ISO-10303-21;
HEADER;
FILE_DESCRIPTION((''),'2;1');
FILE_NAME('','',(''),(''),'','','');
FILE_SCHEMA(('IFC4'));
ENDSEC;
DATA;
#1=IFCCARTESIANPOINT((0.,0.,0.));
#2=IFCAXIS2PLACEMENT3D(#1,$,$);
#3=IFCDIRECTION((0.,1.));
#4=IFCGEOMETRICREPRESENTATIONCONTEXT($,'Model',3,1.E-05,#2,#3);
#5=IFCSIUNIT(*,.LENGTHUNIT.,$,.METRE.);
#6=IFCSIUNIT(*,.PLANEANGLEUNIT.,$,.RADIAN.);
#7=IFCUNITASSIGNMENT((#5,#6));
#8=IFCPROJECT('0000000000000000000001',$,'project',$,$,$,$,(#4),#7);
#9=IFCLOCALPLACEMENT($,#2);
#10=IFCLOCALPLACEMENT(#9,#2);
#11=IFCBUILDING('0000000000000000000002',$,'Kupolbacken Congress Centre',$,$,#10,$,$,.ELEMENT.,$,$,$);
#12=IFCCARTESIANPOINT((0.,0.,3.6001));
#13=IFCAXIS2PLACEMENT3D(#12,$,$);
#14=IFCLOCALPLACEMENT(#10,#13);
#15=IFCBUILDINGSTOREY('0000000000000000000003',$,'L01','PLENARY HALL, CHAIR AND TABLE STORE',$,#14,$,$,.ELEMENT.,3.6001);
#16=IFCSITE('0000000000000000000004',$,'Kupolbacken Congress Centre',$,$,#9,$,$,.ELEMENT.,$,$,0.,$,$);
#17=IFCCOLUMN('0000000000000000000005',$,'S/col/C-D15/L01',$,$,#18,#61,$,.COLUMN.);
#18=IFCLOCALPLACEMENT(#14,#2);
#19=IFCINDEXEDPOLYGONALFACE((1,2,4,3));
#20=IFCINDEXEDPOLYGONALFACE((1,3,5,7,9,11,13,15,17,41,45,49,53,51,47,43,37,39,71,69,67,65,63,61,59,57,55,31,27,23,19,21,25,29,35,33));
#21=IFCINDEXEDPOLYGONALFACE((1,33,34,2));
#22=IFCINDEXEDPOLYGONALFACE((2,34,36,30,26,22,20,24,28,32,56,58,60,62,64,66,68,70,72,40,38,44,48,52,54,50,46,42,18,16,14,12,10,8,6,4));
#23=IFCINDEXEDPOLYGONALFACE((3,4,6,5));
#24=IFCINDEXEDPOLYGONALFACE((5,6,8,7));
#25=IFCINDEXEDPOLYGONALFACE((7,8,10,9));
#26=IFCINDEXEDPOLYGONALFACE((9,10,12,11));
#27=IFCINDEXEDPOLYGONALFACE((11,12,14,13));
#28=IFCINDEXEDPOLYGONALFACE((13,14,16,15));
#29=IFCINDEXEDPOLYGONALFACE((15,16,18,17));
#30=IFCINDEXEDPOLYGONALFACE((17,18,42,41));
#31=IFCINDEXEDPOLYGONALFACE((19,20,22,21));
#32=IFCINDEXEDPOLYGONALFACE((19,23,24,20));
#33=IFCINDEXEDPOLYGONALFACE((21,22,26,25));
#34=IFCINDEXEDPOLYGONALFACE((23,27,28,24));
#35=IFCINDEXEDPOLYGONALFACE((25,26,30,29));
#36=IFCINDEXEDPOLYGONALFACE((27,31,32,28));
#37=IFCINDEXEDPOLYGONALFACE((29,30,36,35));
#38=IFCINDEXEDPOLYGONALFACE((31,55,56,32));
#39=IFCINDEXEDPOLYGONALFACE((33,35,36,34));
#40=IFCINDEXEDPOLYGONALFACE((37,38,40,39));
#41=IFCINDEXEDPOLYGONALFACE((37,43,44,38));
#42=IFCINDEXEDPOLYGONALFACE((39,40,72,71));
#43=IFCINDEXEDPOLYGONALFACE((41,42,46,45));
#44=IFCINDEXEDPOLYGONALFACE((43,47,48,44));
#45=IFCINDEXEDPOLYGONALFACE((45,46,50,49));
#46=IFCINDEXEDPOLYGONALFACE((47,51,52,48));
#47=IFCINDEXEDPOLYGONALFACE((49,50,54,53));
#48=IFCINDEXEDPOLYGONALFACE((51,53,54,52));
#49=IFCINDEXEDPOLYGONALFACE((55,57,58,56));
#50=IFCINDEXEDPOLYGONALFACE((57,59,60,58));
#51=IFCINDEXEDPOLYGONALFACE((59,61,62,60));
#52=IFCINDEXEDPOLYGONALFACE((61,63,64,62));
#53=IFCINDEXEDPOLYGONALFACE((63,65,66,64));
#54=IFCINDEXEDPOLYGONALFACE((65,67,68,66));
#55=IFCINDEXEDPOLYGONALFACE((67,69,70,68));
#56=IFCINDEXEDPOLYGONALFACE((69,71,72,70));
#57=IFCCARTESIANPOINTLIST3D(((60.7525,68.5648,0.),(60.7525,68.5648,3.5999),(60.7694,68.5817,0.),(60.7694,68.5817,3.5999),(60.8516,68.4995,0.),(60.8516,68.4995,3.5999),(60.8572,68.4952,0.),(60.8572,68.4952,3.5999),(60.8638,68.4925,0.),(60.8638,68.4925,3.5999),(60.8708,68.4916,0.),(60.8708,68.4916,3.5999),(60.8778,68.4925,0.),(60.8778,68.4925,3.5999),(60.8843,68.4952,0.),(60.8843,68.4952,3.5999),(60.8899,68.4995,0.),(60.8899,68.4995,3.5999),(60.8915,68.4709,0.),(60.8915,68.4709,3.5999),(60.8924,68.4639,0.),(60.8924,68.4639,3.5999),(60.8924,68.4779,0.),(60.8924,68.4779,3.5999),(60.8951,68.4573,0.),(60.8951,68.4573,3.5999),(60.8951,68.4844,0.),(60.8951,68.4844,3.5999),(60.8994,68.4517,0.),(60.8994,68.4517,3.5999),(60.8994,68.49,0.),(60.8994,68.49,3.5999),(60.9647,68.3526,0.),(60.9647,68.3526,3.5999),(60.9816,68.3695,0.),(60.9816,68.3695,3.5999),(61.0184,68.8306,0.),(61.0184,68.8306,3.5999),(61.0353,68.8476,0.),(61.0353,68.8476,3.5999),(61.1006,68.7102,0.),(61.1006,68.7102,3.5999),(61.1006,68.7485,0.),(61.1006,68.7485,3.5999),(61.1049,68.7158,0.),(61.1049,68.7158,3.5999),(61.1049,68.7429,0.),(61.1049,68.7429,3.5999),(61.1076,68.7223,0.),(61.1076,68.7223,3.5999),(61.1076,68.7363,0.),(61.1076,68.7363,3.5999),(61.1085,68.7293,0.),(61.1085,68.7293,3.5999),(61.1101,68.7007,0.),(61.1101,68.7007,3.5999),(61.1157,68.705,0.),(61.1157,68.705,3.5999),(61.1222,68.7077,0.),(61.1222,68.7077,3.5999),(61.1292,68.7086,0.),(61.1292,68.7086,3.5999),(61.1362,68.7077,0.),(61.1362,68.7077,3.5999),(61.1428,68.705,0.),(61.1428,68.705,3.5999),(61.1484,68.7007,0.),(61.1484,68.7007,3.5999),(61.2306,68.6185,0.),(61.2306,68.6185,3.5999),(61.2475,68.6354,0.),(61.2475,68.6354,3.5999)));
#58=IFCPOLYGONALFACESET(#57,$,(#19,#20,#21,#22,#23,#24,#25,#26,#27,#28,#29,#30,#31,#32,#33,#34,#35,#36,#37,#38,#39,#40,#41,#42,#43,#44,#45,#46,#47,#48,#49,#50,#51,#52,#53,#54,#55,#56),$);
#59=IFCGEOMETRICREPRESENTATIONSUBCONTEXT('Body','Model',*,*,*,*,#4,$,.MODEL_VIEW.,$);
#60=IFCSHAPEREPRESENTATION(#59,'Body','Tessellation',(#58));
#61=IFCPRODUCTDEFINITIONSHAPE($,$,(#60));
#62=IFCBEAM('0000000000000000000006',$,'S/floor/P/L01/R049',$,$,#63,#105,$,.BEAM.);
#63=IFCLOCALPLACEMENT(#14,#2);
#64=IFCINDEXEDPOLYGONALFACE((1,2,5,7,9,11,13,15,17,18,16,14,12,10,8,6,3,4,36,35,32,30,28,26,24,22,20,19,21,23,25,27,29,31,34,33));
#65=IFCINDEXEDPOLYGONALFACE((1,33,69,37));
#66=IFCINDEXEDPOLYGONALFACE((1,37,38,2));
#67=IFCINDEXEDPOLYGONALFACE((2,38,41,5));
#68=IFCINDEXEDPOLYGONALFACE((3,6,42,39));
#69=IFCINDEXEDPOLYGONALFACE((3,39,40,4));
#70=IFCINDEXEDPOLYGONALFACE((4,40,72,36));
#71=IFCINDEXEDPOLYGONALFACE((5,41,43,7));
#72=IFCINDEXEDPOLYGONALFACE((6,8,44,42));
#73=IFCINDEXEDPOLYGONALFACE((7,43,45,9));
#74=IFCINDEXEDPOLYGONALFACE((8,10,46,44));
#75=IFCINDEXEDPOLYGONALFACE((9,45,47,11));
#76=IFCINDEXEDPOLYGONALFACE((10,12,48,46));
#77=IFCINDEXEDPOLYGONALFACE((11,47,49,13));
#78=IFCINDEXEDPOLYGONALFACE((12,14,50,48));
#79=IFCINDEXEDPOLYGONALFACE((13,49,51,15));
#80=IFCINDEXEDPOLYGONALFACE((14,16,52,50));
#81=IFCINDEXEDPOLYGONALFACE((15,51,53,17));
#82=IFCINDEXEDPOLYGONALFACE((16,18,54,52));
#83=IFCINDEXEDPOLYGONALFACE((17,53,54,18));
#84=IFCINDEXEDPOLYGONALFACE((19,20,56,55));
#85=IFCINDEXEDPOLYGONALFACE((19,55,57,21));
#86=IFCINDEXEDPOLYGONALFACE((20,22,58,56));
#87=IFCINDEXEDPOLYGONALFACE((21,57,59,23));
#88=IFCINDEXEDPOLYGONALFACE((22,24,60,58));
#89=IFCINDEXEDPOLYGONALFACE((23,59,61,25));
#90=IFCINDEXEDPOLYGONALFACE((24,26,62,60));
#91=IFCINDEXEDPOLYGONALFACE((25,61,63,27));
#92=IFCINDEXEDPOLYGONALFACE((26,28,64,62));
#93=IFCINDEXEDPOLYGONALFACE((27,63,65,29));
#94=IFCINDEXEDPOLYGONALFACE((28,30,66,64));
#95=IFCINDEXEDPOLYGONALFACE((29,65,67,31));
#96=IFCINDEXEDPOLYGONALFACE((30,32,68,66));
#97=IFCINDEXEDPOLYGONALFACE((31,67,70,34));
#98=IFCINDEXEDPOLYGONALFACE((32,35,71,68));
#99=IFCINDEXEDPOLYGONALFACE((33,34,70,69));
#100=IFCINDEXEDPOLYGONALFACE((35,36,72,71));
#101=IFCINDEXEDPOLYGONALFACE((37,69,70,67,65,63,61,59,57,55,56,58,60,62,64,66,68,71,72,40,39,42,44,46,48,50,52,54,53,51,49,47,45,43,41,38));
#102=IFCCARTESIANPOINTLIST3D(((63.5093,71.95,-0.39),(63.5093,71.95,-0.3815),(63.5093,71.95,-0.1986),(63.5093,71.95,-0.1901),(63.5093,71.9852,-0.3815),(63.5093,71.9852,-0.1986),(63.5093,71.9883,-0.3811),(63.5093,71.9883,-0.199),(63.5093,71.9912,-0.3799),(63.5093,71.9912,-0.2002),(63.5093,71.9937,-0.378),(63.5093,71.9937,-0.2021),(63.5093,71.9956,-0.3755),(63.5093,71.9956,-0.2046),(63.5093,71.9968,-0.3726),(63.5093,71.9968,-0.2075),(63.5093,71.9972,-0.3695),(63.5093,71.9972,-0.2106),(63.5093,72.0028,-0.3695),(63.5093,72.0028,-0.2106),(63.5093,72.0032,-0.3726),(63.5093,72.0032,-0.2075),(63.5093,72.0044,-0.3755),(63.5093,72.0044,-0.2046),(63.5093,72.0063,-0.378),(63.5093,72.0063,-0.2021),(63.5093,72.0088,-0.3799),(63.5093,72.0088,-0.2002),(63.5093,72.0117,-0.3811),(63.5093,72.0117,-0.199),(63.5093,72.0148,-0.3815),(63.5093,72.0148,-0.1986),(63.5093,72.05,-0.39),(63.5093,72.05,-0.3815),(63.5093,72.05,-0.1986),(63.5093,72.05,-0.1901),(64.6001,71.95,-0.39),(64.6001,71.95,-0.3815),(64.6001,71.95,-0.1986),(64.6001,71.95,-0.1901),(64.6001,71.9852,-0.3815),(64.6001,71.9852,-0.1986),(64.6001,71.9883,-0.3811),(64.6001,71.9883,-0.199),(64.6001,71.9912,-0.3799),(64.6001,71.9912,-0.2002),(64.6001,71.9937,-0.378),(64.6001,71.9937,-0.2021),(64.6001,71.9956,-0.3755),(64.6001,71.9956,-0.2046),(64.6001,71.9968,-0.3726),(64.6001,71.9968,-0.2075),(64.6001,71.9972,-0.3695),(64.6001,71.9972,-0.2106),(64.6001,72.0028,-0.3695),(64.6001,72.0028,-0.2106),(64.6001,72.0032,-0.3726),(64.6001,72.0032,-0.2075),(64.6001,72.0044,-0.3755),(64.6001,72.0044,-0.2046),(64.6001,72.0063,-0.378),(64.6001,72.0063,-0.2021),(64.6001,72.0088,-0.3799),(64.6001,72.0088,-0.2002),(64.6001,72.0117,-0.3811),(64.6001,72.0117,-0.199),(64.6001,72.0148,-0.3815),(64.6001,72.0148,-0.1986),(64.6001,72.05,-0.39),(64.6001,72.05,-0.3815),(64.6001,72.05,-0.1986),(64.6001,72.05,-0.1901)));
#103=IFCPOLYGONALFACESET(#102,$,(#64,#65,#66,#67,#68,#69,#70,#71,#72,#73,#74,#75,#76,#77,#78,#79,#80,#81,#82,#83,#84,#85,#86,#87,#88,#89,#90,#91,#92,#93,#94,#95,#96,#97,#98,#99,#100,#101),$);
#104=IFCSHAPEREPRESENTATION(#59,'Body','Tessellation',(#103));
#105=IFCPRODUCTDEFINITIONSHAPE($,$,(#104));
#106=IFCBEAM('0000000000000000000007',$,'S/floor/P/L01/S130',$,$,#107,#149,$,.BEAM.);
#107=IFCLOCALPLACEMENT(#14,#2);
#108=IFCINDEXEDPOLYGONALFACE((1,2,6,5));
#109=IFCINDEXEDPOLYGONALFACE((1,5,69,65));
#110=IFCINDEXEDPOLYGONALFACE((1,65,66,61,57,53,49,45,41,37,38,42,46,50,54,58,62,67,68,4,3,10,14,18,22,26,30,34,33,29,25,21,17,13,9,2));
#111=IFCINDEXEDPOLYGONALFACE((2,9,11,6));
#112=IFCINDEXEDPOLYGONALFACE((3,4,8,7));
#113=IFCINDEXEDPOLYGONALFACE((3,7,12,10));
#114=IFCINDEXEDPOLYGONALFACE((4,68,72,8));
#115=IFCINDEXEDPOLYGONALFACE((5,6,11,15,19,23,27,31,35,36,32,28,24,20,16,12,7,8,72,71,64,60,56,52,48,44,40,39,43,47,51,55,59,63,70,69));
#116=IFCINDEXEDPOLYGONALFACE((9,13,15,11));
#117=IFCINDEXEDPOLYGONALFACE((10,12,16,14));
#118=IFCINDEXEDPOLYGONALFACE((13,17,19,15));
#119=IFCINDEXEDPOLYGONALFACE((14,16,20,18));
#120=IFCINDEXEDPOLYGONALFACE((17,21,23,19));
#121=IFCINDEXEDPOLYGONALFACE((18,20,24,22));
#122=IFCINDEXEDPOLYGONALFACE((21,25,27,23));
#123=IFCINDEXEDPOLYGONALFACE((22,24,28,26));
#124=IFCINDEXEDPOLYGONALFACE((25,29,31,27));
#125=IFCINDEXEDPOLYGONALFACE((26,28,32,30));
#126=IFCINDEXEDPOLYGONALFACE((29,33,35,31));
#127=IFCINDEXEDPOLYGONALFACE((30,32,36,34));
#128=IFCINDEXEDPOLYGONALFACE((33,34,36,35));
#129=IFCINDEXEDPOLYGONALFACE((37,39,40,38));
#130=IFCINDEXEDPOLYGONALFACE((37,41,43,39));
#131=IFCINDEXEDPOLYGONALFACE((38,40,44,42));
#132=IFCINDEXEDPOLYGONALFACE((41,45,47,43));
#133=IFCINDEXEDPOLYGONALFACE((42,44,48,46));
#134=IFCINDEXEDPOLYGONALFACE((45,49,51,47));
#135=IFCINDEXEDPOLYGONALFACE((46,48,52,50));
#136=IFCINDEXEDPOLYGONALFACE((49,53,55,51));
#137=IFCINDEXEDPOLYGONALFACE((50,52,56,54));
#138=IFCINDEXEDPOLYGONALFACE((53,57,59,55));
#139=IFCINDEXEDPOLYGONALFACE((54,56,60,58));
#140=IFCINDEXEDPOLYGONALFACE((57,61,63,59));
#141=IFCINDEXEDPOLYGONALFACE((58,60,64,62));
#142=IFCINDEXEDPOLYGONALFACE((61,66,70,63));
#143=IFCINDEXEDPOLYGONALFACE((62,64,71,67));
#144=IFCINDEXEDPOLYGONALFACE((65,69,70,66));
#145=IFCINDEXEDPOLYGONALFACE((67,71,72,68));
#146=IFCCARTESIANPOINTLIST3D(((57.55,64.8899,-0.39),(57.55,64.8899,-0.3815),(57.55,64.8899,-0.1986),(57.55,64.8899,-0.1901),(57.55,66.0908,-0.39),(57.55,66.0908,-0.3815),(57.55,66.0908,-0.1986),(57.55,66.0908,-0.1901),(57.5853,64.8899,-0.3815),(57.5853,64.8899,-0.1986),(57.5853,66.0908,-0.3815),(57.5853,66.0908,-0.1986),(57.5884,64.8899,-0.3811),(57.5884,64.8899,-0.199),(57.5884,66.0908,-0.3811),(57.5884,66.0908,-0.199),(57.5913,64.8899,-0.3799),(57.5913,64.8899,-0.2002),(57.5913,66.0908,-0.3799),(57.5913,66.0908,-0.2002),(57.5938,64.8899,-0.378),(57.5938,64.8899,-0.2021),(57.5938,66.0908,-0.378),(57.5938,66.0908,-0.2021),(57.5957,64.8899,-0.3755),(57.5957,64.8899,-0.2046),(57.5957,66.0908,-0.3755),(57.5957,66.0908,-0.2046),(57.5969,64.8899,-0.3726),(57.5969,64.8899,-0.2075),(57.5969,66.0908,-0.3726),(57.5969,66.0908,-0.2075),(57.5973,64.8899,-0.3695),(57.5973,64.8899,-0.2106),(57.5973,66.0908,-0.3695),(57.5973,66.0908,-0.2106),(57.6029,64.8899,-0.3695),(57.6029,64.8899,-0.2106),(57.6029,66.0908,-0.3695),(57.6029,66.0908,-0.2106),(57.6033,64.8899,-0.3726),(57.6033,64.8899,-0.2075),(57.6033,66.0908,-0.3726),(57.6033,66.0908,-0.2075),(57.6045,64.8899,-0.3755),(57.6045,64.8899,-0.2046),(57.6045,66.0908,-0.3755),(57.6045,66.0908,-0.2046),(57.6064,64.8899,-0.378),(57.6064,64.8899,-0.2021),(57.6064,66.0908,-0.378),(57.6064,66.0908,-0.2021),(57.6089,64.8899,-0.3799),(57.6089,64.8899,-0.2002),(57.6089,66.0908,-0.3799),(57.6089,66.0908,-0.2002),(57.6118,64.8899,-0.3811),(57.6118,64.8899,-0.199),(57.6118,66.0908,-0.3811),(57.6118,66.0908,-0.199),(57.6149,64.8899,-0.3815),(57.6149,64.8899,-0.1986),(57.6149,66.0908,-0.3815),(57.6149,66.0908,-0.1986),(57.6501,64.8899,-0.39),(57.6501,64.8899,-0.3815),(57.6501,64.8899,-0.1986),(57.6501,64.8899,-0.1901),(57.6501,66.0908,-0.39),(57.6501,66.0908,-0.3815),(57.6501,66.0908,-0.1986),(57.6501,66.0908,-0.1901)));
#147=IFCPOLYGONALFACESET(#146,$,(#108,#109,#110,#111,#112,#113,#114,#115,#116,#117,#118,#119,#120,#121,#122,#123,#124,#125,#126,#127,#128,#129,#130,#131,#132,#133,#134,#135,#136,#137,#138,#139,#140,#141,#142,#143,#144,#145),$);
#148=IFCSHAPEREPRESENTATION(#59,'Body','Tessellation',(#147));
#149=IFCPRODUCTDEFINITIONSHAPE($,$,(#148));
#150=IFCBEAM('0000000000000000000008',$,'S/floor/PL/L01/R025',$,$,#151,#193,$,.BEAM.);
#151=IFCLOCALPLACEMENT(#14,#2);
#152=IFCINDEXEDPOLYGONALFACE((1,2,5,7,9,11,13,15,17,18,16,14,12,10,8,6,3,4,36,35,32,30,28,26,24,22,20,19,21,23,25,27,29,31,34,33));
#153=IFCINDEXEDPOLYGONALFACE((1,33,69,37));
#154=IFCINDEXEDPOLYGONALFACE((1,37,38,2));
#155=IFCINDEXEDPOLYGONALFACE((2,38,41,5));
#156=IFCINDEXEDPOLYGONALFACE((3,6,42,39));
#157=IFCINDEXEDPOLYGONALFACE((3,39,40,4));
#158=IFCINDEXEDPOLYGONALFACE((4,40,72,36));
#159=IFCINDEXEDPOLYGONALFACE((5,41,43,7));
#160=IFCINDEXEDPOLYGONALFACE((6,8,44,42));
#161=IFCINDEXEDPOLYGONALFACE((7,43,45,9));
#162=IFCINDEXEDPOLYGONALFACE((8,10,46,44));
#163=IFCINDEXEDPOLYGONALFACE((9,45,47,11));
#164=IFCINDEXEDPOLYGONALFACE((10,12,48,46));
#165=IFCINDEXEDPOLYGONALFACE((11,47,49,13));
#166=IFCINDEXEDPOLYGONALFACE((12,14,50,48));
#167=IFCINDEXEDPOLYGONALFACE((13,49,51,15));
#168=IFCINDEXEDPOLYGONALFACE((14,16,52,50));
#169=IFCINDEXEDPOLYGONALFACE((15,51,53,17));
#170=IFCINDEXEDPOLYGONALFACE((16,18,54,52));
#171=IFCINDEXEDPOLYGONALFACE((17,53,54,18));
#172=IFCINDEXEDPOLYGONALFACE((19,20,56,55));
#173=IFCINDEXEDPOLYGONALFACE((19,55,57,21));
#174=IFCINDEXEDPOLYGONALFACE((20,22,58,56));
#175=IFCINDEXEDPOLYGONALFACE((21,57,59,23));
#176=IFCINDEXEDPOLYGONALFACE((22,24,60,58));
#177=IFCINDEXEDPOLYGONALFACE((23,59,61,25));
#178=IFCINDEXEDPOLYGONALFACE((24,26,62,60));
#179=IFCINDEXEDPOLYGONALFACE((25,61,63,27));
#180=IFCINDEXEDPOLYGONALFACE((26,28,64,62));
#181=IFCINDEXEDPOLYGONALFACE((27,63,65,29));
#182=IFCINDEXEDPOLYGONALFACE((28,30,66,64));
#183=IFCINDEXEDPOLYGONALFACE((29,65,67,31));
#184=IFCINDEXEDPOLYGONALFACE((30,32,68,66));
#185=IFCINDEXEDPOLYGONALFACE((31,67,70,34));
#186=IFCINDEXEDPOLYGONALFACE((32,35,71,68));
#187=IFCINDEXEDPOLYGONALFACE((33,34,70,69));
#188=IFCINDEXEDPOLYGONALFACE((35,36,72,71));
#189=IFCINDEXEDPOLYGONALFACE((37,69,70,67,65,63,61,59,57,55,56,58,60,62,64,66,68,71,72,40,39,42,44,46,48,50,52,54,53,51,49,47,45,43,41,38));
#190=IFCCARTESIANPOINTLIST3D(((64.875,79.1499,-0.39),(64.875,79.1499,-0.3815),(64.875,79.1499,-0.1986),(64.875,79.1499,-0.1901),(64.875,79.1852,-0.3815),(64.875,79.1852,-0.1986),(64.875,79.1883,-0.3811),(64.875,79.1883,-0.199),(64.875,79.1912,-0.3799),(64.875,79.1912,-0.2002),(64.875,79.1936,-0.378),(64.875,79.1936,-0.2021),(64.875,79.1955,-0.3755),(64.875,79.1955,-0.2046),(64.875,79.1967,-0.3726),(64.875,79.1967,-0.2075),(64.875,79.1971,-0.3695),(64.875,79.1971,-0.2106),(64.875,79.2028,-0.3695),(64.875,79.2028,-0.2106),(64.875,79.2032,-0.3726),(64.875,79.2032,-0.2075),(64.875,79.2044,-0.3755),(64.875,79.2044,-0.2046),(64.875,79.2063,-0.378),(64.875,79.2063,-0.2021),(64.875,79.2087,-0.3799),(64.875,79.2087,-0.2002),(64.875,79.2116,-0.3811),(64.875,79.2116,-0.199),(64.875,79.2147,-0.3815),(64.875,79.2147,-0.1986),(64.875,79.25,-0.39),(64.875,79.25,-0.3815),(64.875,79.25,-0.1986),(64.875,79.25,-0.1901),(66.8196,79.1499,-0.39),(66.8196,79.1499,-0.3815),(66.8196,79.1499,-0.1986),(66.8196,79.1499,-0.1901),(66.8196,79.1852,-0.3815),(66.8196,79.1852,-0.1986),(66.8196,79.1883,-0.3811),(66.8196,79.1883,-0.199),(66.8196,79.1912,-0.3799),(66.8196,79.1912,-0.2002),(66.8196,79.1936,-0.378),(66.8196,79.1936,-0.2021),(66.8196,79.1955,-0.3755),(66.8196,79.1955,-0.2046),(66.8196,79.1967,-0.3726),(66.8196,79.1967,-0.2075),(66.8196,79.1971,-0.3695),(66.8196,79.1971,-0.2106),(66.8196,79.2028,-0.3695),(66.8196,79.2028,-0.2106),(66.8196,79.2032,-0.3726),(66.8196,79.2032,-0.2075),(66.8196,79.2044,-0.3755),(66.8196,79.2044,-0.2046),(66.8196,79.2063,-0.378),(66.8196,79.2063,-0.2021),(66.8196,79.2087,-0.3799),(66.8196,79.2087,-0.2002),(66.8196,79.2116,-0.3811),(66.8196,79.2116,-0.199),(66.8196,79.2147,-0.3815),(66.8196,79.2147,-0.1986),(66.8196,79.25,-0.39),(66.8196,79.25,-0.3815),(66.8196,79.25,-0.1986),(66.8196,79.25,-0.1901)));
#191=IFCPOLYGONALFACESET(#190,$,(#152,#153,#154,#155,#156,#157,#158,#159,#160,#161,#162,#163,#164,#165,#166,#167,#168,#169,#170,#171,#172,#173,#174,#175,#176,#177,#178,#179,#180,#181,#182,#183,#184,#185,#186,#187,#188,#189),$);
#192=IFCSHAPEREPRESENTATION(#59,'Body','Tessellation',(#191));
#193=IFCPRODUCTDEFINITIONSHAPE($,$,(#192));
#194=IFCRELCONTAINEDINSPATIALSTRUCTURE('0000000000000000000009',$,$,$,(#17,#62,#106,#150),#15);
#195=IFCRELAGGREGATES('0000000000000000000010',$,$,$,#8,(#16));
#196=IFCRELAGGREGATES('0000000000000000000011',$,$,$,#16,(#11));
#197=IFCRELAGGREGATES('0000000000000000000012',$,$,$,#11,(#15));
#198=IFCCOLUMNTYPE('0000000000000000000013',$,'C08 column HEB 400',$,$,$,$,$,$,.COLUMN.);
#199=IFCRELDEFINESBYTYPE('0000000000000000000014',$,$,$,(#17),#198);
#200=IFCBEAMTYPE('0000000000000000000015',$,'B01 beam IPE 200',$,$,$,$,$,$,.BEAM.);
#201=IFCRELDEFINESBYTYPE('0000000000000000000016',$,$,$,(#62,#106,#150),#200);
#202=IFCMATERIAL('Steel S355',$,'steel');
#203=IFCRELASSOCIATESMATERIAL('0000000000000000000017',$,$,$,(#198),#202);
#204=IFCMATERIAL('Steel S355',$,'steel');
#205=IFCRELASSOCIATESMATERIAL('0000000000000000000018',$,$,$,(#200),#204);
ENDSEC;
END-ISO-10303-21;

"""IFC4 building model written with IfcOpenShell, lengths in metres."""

from ifc_helpers import new_model, si_unit, direction, frame, origin, origin_2d, place, context, subcontext, project, spatial, i_section, extrude, material, material_profile, profile_set, type_object, element, save


model = new_model("IFC4")

# Units and contexts
model_context = context("Model", 3, precision=1e-05, world=origin(), true_north=direction((0.0, 1.0)))
body_context = subcontext(model_context, "Body", "Model", "MODEL_VIEW")
ifc_project = project(units=[si_unit("LENGTHUNIT", "METRE"), si_unit("PLANEANGLEUNIT", "RADIAN")], contexts=[model_context])

# Site, building, storey
site_placement = place(None, origin())
site = spatial("IfcSite", under=ifc_project, at=site_placement, Name="Kupolbacken Congress Centre", CompositionType="ELEMENT", RefElevation=0.0)
building_placement = place(site_placement, origin())
building = spatial("IfcBuilding", under=site, at=building_placement, Name="Kupolbacken Congress Centre", CompositionType="ELEMENT")
storey_placement = place(building_placement, frame((0.0, 0.0, 3.6001)))
storey = spatial("IfcBuildingStorey", under=building, at=storey_placement, Name="L01", Description="PLENARY HALL, CHAIR AND TABLE STORE", CompositionType="ELEMENT", Elevation=3.6001)

# Column
ifc_material_1 = material(Name="Steel S355", Category="steel")
ifc_material_profile_1 = material_profile(ifc_material_1, i_section(OverallWidth=0.3, OverallDepth=0.3999, WebThickness=0.0134, FlangeThickness=0.0239, FilletRadius=0.0271, at=origin_2d()), Name="HEB 400")
ifc_profile_set_1 = profile_set([ifc_material_profile_1], Name="Steel S355")
column_type = type_object("IfcColumnType", Name="C08 column HEB 400", PredefinedType="COLUMN", material=ifc_profile_set_1)
column_placement = place(storey_placement, frame((61.0, 68.6001, 0.0), z_axis=(0.0, 0.0, 1.0), x_axis=(0.707107, -0.707107, 0.0)))
element("IfcColumn", 1, at=column_placement, inside=storey, type_object=column_type, Name="S/col/C-D15/L01", PredefinedType="COLUMN", context=body_context, shape_type="SweptSolid", body=[
    extrude(i_section(OverallWidth=0.3, OverallDepth=0.3999, WebThickness=0.0134, FlangeThickness=0.0239, FilletRadius=0.0271, at=origin_2d()), origin(), (0.0, 0.0, 1.0), 3.5999),
])

# Beams
ifc_material_2 = material(Name="Steel S355", Category="steel")
ifc_material_profile_2 = material_profile(ifc_material_2, i_section(OverallWidth=0.1001, OverallDepth=0.2, WebThickness=0.0056, FlangeThickness=0.0085, FilletRadius=0.012, at=origin_2d()), Name="IPE 200")
ifc_profile_set_2 = profile_set([ifc_material_profile_2], Name="Steel S355")
beam_type_1 = type_object("IfcBeamType", Name="B01 beam IPE 200", PredefinedType="BEAM", material=ifc_profile_set_2)
beam_1_placement = place(storey_placement, frame((63.5093, 72.0, -0.29), z_axis=(1.0, 0.0, 0.0), x_axis=(0.0, 1.0, 0.0)))
element("IfcBeam", 2, at=beam_1_placement, inside=storey, type_object=beam_type_1, Name="S/floor/P/L01/R049", PredefinedType="BEAM", context=body_context, shape_type="SweptSolid", body=[
    extrude(i_section(OverallWidth=0.1001, OverallDepth=0.2, WebThickness=0.0056, FlangeThickness=0.0085, FilletRadius=0.012, at=origin_2d()), origin(), (0.0, 0.0, 1.0), 1.0908),
])
beam_2_placement = place(storey_placement, frame((57.6001, 64.8899, -0.29), z_axis=(0.0, 1.0, 0.0), x_axis=(-1.0, 0.0, 0.0)))
element("IfcBeam", 3, at=beam_2_placement, inside=storey, type_object=beam_type_1, Name="S/floor/P/L01/S130", PredefinedType="BEAM", context=body_context, shape_type="SweptSolid", body=[
    extrude(i_section(OverallWidth=0.1001, OverallDepth=0.2, WebThickness=0.0056, FlangeThickness=0.0085, FilletRadius=0.012, at=origin_2d()), origin(), (0.0, 0.0, 1.0), 1.2009),
])
beam_3_placement = place(storey_placement, frame((64.875, 79.2, -0.29), z_axis=(1.0, 0.0, 0.0), x_axis=(0.0, 1.0, 0.0)))
element("IfcBeam", 4, at=beam_3_placement, inside=storey, type_object=beam_type_1, Name="S/floor/PL/L01/R025", PredefinedType="BEAM", context=body_context, shape_type="SweptSolid", body=[
    extrude(i_section(OverallWidth=0.1001, OverallDepth=0.2, WebThickness=0.0056, FlangeThickness=0.0085, FilletRadius=0.012, at=origin_2d()), origin(), (0.0, 0.0, 1.0), 1.9446),
])

save(model, "model.ifc")
